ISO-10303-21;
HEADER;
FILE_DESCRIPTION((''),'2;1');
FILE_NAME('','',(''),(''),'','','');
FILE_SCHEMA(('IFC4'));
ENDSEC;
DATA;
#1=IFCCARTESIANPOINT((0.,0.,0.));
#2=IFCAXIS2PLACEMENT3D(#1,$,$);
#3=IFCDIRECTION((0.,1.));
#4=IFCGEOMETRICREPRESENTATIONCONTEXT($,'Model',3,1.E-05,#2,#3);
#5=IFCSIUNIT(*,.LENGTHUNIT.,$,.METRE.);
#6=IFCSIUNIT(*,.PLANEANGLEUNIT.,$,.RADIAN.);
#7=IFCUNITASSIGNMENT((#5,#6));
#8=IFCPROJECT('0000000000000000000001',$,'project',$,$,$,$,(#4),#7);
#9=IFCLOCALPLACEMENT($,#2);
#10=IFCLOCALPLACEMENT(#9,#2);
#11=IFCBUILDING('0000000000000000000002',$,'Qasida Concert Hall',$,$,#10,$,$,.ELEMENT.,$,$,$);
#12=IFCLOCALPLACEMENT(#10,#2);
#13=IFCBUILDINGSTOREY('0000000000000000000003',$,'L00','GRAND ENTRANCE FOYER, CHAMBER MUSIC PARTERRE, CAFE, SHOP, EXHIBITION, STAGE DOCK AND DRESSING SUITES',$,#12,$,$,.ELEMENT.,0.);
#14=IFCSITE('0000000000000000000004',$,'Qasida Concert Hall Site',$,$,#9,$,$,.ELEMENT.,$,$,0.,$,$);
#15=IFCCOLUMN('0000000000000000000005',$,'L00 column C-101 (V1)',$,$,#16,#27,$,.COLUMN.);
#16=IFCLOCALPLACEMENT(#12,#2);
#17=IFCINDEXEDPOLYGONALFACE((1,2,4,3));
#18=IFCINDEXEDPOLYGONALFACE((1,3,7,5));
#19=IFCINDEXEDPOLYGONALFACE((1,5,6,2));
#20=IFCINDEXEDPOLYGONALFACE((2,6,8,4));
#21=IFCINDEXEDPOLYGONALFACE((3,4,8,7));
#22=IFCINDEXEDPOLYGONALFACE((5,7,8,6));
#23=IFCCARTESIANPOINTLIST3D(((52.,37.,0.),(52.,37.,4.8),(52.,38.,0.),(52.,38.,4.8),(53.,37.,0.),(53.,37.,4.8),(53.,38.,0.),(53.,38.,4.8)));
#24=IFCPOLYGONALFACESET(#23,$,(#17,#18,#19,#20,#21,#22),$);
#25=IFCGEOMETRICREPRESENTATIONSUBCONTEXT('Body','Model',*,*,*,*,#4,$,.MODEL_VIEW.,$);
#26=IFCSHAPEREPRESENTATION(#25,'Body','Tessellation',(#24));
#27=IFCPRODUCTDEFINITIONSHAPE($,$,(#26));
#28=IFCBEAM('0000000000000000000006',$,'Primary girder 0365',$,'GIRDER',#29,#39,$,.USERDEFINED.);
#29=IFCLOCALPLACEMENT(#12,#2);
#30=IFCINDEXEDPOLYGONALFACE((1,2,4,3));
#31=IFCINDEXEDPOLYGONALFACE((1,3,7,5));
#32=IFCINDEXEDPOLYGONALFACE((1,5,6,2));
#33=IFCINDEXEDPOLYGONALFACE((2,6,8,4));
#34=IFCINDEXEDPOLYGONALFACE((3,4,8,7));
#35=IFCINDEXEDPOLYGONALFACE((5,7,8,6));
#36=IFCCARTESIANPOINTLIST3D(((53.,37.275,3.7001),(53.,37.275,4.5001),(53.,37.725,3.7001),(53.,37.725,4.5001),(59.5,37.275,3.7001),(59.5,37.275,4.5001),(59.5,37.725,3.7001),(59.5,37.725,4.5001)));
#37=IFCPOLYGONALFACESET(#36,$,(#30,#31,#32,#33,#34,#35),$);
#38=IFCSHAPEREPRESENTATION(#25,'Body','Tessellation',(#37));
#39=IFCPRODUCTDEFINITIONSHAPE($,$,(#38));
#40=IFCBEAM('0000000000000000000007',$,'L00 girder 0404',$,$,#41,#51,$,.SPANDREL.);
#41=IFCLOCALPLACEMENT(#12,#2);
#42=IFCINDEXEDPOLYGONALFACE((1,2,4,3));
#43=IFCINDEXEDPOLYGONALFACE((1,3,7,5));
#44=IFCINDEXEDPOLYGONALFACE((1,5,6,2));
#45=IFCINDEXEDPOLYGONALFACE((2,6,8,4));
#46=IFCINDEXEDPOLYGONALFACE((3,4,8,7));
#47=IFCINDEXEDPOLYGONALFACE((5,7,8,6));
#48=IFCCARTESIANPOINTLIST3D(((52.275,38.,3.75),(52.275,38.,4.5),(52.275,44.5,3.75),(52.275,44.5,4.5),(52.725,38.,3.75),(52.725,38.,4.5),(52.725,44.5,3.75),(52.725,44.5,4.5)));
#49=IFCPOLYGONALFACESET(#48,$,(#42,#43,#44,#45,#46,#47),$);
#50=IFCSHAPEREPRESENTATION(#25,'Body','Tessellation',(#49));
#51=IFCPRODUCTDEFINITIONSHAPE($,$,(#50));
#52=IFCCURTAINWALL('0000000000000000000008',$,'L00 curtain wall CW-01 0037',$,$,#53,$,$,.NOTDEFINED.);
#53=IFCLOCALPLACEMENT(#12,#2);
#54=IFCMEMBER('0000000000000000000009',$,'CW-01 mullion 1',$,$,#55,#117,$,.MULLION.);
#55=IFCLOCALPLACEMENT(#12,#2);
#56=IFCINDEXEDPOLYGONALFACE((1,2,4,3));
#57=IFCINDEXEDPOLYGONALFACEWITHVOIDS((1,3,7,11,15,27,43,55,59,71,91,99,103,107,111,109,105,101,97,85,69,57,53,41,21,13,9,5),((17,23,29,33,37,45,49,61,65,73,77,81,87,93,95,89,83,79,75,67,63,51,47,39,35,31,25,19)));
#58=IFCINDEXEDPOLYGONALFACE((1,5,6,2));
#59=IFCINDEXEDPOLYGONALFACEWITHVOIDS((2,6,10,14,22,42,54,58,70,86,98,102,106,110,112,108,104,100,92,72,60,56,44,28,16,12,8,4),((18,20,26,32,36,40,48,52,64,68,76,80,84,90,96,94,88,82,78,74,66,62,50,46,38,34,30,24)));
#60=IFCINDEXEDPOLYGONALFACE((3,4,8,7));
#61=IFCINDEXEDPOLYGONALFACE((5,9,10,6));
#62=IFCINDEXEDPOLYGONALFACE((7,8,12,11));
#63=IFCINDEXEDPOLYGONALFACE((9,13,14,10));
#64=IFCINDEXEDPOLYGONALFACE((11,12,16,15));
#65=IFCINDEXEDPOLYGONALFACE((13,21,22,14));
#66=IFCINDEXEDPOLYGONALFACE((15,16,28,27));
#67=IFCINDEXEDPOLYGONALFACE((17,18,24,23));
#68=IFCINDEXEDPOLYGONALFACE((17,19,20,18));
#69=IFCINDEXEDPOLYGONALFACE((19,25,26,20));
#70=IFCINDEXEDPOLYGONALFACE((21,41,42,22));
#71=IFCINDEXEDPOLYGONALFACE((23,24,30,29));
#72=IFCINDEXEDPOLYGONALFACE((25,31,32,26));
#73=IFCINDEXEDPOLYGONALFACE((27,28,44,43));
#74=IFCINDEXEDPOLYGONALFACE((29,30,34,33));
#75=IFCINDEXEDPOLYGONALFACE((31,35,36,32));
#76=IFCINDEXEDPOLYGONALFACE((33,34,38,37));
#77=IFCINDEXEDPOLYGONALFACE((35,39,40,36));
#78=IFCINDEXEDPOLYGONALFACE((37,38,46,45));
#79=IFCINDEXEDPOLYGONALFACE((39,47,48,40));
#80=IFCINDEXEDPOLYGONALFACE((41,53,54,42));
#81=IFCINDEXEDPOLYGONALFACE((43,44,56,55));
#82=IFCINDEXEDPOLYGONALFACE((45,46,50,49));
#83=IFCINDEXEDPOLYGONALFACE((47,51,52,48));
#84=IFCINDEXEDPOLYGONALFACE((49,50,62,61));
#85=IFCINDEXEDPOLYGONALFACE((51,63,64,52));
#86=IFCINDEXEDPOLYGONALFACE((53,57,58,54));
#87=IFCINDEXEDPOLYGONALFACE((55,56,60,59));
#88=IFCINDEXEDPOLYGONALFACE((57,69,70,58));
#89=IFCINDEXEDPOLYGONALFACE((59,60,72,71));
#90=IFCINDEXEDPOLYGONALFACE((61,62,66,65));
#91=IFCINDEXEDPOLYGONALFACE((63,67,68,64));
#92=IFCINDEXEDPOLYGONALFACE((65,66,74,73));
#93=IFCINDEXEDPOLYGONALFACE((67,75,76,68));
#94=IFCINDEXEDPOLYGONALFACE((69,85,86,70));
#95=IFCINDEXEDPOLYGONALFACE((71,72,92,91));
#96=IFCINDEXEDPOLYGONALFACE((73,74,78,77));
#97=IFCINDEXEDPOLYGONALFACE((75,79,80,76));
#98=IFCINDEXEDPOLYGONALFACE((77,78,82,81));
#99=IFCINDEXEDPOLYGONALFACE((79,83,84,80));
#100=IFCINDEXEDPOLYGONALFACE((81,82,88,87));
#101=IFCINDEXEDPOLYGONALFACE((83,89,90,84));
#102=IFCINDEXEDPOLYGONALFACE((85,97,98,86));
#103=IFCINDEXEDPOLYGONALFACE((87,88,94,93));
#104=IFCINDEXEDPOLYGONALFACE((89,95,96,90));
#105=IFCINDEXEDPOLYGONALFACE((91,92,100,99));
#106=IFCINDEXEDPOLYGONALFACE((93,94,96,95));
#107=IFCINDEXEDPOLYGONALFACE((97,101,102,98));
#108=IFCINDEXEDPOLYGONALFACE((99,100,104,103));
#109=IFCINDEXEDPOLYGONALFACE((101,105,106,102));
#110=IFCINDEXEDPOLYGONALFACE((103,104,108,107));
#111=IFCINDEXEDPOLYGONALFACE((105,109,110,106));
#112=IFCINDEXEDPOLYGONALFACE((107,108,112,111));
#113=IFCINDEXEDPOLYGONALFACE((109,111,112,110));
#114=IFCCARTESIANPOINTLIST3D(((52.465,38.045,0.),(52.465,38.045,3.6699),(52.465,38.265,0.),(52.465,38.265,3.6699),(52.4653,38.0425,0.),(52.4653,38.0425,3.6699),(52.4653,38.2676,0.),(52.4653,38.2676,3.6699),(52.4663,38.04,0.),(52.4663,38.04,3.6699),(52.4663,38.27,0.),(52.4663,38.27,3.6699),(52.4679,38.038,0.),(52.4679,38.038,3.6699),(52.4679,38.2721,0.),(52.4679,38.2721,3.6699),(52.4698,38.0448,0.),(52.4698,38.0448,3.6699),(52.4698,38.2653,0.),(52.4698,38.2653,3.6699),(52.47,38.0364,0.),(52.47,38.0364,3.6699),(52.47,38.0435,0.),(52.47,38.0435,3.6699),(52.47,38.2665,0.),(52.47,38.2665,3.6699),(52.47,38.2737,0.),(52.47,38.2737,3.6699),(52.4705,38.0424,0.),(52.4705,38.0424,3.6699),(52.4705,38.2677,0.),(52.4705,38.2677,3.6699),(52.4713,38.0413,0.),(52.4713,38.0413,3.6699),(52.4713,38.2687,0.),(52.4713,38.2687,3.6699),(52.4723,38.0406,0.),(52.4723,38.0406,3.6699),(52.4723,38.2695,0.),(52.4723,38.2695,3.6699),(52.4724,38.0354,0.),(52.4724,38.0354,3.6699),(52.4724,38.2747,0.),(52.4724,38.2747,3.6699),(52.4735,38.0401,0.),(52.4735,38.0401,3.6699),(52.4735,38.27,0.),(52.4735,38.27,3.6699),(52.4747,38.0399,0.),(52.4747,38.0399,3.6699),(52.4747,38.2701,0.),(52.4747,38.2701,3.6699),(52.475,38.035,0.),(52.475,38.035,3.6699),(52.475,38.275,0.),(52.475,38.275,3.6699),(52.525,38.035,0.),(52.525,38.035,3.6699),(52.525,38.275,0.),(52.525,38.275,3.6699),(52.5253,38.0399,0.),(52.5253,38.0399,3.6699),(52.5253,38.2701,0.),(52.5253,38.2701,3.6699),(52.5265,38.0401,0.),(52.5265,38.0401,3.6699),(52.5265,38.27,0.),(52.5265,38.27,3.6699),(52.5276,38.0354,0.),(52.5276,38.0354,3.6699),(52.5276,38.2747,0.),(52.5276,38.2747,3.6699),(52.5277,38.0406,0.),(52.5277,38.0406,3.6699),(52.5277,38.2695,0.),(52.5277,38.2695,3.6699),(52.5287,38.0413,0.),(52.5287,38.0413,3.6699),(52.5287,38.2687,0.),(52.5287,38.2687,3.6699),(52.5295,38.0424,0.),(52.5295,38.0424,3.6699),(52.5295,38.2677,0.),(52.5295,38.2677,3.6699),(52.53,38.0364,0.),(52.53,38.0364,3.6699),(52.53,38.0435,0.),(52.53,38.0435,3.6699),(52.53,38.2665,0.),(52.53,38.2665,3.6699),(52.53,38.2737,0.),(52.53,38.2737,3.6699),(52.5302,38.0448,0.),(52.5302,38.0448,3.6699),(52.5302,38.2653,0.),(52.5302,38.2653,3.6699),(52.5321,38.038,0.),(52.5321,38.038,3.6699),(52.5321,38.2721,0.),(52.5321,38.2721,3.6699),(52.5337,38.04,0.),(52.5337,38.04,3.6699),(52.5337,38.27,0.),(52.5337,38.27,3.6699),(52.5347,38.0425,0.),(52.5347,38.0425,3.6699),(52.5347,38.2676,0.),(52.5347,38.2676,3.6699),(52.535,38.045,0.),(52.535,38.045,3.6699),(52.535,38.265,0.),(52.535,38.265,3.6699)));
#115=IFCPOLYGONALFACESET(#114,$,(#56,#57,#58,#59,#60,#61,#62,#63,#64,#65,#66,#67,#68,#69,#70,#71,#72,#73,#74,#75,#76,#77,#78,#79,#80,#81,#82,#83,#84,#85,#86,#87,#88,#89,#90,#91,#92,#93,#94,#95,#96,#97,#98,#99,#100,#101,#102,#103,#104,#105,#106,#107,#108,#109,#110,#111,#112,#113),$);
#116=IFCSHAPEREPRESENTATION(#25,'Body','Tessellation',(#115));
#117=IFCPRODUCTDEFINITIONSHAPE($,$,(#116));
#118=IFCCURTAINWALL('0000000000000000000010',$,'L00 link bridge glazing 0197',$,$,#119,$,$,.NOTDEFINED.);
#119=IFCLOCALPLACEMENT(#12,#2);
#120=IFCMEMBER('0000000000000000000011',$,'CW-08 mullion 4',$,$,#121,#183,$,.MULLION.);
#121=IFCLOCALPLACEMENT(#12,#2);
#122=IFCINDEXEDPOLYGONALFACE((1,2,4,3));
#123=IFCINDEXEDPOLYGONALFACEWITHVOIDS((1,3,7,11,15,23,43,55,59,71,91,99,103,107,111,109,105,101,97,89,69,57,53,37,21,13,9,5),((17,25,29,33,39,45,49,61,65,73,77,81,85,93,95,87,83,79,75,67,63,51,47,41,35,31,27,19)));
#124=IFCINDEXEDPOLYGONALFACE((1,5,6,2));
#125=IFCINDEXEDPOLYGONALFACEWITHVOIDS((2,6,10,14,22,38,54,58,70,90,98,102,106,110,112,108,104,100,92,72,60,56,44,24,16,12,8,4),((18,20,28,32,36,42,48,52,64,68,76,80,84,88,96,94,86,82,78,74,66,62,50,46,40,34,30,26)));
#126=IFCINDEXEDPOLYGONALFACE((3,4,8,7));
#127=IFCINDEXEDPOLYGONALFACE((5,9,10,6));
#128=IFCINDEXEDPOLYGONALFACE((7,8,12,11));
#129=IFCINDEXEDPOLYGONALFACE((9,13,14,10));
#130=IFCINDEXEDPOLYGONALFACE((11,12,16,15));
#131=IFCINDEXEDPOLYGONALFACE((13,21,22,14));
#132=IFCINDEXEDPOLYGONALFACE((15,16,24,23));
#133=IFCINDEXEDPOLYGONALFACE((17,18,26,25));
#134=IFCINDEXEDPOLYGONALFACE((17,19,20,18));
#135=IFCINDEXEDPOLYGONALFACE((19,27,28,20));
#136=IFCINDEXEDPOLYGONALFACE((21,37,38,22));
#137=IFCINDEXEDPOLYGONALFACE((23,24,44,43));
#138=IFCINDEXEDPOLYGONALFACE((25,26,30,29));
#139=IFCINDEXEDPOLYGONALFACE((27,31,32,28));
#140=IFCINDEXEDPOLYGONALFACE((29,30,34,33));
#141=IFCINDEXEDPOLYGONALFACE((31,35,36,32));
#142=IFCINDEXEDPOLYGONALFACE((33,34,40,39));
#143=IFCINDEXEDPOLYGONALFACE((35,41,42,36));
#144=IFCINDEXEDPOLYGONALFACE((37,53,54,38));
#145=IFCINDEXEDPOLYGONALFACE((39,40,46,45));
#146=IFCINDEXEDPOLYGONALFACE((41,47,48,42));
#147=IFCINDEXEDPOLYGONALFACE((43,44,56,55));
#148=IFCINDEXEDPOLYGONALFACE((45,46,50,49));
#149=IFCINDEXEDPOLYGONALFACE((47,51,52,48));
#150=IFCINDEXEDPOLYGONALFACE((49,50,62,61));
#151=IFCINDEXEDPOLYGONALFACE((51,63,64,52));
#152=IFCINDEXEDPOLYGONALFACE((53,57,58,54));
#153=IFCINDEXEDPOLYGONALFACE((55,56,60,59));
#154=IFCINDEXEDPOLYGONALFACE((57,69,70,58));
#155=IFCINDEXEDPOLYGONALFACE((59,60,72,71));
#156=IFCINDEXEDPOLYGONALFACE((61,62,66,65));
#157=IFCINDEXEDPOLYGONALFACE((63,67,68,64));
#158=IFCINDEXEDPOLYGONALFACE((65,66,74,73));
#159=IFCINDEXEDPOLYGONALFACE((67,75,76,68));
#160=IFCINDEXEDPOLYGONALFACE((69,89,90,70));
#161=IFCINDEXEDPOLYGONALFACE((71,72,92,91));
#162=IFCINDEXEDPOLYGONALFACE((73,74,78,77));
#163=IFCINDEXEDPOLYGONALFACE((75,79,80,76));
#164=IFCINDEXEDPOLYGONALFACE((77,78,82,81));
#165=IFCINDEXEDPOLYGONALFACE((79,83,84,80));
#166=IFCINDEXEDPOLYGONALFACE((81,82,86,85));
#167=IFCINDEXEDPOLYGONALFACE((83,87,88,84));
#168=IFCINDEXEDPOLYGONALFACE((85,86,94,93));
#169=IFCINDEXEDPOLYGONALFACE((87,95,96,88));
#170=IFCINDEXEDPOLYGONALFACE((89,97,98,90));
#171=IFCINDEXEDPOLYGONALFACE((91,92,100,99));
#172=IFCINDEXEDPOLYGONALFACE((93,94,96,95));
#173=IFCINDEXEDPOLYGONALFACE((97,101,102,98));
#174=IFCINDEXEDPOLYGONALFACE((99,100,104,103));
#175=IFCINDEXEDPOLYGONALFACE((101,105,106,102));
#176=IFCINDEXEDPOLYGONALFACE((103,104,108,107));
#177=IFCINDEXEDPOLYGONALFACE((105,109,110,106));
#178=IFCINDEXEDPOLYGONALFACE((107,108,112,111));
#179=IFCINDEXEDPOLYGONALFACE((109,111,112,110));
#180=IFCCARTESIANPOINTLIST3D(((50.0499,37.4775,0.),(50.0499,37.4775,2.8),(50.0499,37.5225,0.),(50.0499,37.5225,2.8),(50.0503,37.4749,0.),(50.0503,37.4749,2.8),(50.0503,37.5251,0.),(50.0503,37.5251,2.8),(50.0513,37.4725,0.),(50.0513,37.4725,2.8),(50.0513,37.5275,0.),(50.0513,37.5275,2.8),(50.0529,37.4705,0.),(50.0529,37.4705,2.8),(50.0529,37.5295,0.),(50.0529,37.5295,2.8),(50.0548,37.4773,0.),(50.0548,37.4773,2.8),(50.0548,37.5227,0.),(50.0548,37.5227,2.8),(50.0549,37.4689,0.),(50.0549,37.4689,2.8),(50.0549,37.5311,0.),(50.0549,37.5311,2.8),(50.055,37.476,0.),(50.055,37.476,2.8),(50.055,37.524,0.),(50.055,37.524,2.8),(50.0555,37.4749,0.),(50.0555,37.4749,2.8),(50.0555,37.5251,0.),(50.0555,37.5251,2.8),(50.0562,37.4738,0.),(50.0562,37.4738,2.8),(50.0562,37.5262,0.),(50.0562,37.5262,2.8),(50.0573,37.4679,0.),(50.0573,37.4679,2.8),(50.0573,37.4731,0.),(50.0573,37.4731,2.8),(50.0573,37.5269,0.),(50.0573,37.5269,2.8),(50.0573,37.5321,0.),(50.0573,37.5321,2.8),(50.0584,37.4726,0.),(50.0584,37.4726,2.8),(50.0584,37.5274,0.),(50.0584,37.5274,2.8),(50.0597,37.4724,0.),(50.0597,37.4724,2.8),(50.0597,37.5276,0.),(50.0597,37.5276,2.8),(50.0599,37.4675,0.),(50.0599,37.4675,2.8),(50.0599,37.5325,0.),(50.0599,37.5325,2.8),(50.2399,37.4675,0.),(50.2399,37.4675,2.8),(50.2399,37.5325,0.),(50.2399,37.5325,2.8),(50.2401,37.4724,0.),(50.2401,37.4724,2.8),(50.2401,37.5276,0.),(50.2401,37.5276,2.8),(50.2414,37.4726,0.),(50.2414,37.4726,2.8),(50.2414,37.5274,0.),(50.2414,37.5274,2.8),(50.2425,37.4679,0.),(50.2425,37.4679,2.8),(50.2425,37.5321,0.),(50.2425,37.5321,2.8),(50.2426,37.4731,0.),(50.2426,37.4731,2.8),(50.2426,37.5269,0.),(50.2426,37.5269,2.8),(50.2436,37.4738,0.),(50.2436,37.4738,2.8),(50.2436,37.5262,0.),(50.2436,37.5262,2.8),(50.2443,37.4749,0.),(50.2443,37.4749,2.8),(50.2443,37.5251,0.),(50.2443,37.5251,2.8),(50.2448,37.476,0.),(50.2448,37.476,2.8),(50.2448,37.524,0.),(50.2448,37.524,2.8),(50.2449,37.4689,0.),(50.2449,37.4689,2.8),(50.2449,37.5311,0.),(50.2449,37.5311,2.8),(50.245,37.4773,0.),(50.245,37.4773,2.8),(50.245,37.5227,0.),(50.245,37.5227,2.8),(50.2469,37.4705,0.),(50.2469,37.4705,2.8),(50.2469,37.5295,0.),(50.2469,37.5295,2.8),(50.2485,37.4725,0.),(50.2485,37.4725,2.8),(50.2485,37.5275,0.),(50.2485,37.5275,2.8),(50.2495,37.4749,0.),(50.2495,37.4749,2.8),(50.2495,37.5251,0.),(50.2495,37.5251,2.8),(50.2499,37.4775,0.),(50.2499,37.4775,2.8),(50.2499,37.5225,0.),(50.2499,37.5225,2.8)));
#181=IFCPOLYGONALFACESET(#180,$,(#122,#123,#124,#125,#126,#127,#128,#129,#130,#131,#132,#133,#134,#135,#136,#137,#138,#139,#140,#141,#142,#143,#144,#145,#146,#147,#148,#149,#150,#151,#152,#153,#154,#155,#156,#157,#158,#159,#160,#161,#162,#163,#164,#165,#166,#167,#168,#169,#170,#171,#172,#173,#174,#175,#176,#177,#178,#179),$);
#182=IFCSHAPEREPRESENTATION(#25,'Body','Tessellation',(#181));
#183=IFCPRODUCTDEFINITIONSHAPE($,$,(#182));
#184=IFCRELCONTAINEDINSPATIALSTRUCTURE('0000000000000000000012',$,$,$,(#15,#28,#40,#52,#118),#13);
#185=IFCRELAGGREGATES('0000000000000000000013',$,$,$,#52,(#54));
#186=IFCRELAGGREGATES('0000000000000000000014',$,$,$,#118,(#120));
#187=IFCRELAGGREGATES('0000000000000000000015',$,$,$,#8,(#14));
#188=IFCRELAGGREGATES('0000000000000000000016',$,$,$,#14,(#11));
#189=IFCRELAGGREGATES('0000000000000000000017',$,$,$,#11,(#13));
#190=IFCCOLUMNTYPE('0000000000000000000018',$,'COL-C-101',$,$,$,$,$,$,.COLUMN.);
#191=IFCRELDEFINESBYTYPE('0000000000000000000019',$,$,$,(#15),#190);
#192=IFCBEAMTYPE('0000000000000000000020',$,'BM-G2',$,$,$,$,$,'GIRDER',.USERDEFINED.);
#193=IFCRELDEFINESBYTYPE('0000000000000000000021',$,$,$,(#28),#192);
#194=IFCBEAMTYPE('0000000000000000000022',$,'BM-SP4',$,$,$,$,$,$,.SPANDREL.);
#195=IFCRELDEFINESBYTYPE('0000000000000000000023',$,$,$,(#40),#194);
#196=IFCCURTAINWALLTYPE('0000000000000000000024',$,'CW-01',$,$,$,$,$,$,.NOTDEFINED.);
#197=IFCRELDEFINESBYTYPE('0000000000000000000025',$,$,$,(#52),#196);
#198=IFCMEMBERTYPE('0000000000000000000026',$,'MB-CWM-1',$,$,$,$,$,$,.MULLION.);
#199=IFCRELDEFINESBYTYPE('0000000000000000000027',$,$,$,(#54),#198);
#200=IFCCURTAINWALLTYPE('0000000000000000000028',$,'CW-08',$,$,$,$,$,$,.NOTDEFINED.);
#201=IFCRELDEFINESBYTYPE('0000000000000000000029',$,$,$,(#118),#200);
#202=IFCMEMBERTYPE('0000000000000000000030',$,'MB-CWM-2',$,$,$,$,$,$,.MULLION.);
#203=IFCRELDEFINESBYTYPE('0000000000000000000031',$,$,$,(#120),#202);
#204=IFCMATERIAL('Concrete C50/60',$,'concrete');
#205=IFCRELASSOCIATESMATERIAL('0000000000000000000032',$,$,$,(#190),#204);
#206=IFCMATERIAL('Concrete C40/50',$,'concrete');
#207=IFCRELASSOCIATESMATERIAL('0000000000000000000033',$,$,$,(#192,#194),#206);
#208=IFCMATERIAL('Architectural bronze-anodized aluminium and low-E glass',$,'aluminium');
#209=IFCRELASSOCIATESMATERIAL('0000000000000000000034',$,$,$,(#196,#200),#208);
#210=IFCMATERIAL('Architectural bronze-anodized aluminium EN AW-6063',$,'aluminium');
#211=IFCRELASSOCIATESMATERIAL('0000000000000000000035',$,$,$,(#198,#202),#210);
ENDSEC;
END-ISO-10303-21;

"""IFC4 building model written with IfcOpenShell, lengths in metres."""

from ifc_helpers import new_model, si_unit, direction, frame, origin, origin_2d, place, context, subcontext, project, spatial, rectangle, hollow_rectangle, extrude, material, material_profile, profile_set, type_object, element, aggregate, save


model = new_model("IFC4")

# Units and contexts
model_context = context("Model", 3, precision=1e-05, world=origin(), true_north=direction((0.0, 1.0)))
body_context = subcontext(model_context, "Body", "Model", "MODEL_VIEW")
ifc_project = project(units=[si_unit("LENGTHUNIT", "METRE"), si_unit("PLANEANGLEUNIT", "RADIAN")], contexts=[model_context])

# Site, building, storey
site_placement = place(None, origin())
site = spatial("IfcSite", under=ifc_project, at=site_placement, Name="Qasida Concert Hall Site", CompositionType="ELEMENT", RefElevation=0.0)
building_placement = place(site_placement, origin())
building = spatial("IfcBuilding", under=site, at=building_placement, Name="Qasida Concert Hall", CompositionType="ELEMENT")
storey_placement = place(building_placement, origin())
storey = spatial("IfcBuildingStorey", under=building, at=storey_placement, Name="L00", Description="GRAND ENTRANCE FOYER, CHAMBER MUSIC PARTERRE, CAFE, SHOP, EXHIBITION, STAGE DOCK AND DRESSING SUITES", CompositionType="ELEMENT", Elevation=0.0)

# Column
ifc_material_1 = material(Name="Concrete C50/60", Category="concrete")
ifc_material_profile_1 = material_profile(ifc_material_1, rectangle(XDim=1.0, YDim=1.0, at=origin_2d()), Name="RC 1000x1000")
ifc_profile_set_1 = profile_set([ifc_material_profile_1], Name="Concrete C50/60")
column_type = type_object("IfcColumnType", Name="COL-C-101", PredefinedType="COLUMN", material=ifc_profile_set_1)
column_placement = place(storey_placement, frame((52.5, 37.5, 0.0), z_axis=(0.0, 0.0, 1.0), x_axis=(1.0, 0.0, 0.0)))
element("IfcColumn", 1, at=column_placement, inside=storey, type_object=column_type, Name="L00 column C-101 (V1)", PredefinedType="COLUMN", context=body_context, shape_type="SweptSolid", body=[
    extrude(rectangle(XDim=1.0, YDim=1.0, at=origin_2d()), origin(), (0.0, 0.0, 1.0), 4.8),
])

# Beams
ifc_material_2 = material(Name="Concrete C40/50", Category="concrete")
ifc_material_profile_2 = material_profile(ifc_material_2, rectangle(XDim=0.45, YDim=0.8, at=origin_2d()), Name="RC 450x800")
ifc_profile_set_2 = profile_set([ifc_material_profile_2], Name="Concrete C40/50")
beam_type_1 = type_object("IfcBeamType", Name="BM-G2", ElementType="GIRDER", PredefinedType="USERDEFINED", material=ifc_profile_set_2)
beam_1_placement = place(storey_placement, frame((53.0, 37.5, 4.1001), z_axis=(1.0, 0.0, 0.0), x_axis=(0.0, 1.0, 0.0)))
element("IfcBeam", 2, at=beam_1_placement, inside=storey, type_object=beam_type_1, Name="Primary girder 0365", ObjectType="GIRDER", PredefinedType="USERDEFINED", context=body_context, shape_type="SweptSolid", body=[
    extrude(rectangle(XDim=0.45, YDim=0.8, at=origin_2d()), origin(), (0.0, 0.0, 1.0), 6.5),
])
ifc_material_profile_3 = material_profile(ifc_material_2, rectangle(XDim=0.45, YDim=0.75, at=origin_2d()), Name="RC 450x750")
ifc_profile_set_3 = profile_set([ifc_material_profile_3], Name="Concrete C40/50")
beam_type_2 = type_object("IfcBeamType", Name="BM-SP4", PredefinedType="SPANDREL", material=ifc_profile_set_3)
beam_2_placement = place(storey_placement, frame((52.5, 38.0, 4.125), z_axis=(0.0, 1.0, 0.0), x_axis=(-1.0, 0.0, 0.0)))
element("IfcBeam", 3, at=beam_2_placement, inside=storey, type_object=beam_type_2, Name="L00 girder 0404", PredefinedType="SPANDREL", context=body_context, shape_type="SweptSolid", body=[
    extrude(rectangle(XDim=0.45, YDim=0.75, at=origin_2d()), origin(), (0.0, 0.0, 1.0), 6.5),
])

# Curtain wall, member
ifc_material_3 = material(Name="Architectural bronze-anodized aluminium and low-E glass", Category="aluminium")
curtain_wall_type_1 = type_object("IfcCurtainWallType", Name="CW-01", PredefinedType="NOTDEFINED", material=ifc_material_3)
curtain_wall_1_placement = place(storey_placement, origin())
curtain_wall_1 = element("IfcCurtainWall", 4, at=curtain_wall_1_placement, inside=storey, type_object=curtain_wall_type_1, Name="L00 curtain wall CW-01 0037", PredefinedType="NOTDEFINED")
ifc_material_4 = material(Name="Architectural bronze-anodized aluminium EN AW-6063", Category="aluminium")
ifc_material_profile_4 = material_profile(ifc_material_4, hollow_rectangle(XDim=0.0701, YDim=0.24, WallThickness=0.0049, InnerFilletRadius=0.0049, OuterFilletRadius=0.01, at=origin_2d()), Name="CWM 240x70x5")
ifc_profile_set_4 = profile_set([ifc_material_profile_4], Name="Architectural bronze-anodized aluminium EN AW-6063")
member_type_1 = type_object("IfcMemberType", Name="MB-CWM-1", PredefinedType="MULLION", material=ifc_profile_set_4)
member_1_placement = place(storey_placement, frame((52.5, 38.155, 0.0), z_axis=(0.0, 0.0, 1.0), x_axis=(-1.0, 0.0, 0.0)))
member_1 = element("IfcMember", 5, at=member_1_placement, type_object=member_type_1, Name="CW-01 mullion 1", PredefinedType="MULLION", context=body_context, shape_type="SweptSolid", body=[
    extrude(hollow_rectangle(XDim=0.0701, YDim=0.24, WallThickness=0.0049, InnerFilletRadius=0.0049, OuterFilletRadius=0.01, at=origin_2d()), origin(), (0.0, 0.0, 1.0), 3.6699),
])

# Curtain wall, member
curtain_wall_type_2 = type_object("IfcCurtainWallType", Name="CW-08", PredefinedType="NOTDEFINED", material=ifc_material_3)
curtain_wall_2_placement = place(storey_placement, origin())
curtain_wall_2 = element("IfcCurtainWall", 6, at=curtain_wall_2_placement, inside=storey, type_object=curtain_wall_type_2, Name="L00 link bridge glazing 0197", PredefinedType="NOTDEFINED")
ifc_material_profile_5 = material_profile(ifc_material_4, hollow_rectangle(XDim=0.0649, YDim=0.2, WallThickness=0.0049, InnerFilletRadius=0.0049, OuterFilletRadius=0.01, at=origin_2d()), Name="CWM 200x65x5")
ifc_profile_set_5 = profile_set([ifc_material_profile_5], Name="Architectural bronze-anodized aluminium EN AW-6063")
member_type_2 = type_object("IfcMemberType", Name="MB-CWM-2", PredefinedType="MULLION", material=ifc_profile_set_5)
member_2_placement = place(storey_placement, frame((50.1499, 37.5, 0.0), z_axis=(0.0, 0.0, 1.0), x_axis=(0.0, 1.0, 0.0)))
member_2 = element("IfcMember", 7, at=member_2_placement, type_object=member_type_2, Name="CW-08 mullion 4", PredefinedType="MULLION", context=body_context, shape_type="SweptSolid", body=[
    extrude(hollow_rectangle(XDim=0.0649, YDim=0.2, WallThickness=0.0049, InnerFilletRadius=0.0049, OuterFilletRadius=0.01, at=origin_2d()), origin(), (0.0, 0.0, 1.0), 2.8),
])

aggregate(curtain_wall_1, [member_1])

aggregate(curtain_wall_2, [member_2])

save(model, "model.ifc")
